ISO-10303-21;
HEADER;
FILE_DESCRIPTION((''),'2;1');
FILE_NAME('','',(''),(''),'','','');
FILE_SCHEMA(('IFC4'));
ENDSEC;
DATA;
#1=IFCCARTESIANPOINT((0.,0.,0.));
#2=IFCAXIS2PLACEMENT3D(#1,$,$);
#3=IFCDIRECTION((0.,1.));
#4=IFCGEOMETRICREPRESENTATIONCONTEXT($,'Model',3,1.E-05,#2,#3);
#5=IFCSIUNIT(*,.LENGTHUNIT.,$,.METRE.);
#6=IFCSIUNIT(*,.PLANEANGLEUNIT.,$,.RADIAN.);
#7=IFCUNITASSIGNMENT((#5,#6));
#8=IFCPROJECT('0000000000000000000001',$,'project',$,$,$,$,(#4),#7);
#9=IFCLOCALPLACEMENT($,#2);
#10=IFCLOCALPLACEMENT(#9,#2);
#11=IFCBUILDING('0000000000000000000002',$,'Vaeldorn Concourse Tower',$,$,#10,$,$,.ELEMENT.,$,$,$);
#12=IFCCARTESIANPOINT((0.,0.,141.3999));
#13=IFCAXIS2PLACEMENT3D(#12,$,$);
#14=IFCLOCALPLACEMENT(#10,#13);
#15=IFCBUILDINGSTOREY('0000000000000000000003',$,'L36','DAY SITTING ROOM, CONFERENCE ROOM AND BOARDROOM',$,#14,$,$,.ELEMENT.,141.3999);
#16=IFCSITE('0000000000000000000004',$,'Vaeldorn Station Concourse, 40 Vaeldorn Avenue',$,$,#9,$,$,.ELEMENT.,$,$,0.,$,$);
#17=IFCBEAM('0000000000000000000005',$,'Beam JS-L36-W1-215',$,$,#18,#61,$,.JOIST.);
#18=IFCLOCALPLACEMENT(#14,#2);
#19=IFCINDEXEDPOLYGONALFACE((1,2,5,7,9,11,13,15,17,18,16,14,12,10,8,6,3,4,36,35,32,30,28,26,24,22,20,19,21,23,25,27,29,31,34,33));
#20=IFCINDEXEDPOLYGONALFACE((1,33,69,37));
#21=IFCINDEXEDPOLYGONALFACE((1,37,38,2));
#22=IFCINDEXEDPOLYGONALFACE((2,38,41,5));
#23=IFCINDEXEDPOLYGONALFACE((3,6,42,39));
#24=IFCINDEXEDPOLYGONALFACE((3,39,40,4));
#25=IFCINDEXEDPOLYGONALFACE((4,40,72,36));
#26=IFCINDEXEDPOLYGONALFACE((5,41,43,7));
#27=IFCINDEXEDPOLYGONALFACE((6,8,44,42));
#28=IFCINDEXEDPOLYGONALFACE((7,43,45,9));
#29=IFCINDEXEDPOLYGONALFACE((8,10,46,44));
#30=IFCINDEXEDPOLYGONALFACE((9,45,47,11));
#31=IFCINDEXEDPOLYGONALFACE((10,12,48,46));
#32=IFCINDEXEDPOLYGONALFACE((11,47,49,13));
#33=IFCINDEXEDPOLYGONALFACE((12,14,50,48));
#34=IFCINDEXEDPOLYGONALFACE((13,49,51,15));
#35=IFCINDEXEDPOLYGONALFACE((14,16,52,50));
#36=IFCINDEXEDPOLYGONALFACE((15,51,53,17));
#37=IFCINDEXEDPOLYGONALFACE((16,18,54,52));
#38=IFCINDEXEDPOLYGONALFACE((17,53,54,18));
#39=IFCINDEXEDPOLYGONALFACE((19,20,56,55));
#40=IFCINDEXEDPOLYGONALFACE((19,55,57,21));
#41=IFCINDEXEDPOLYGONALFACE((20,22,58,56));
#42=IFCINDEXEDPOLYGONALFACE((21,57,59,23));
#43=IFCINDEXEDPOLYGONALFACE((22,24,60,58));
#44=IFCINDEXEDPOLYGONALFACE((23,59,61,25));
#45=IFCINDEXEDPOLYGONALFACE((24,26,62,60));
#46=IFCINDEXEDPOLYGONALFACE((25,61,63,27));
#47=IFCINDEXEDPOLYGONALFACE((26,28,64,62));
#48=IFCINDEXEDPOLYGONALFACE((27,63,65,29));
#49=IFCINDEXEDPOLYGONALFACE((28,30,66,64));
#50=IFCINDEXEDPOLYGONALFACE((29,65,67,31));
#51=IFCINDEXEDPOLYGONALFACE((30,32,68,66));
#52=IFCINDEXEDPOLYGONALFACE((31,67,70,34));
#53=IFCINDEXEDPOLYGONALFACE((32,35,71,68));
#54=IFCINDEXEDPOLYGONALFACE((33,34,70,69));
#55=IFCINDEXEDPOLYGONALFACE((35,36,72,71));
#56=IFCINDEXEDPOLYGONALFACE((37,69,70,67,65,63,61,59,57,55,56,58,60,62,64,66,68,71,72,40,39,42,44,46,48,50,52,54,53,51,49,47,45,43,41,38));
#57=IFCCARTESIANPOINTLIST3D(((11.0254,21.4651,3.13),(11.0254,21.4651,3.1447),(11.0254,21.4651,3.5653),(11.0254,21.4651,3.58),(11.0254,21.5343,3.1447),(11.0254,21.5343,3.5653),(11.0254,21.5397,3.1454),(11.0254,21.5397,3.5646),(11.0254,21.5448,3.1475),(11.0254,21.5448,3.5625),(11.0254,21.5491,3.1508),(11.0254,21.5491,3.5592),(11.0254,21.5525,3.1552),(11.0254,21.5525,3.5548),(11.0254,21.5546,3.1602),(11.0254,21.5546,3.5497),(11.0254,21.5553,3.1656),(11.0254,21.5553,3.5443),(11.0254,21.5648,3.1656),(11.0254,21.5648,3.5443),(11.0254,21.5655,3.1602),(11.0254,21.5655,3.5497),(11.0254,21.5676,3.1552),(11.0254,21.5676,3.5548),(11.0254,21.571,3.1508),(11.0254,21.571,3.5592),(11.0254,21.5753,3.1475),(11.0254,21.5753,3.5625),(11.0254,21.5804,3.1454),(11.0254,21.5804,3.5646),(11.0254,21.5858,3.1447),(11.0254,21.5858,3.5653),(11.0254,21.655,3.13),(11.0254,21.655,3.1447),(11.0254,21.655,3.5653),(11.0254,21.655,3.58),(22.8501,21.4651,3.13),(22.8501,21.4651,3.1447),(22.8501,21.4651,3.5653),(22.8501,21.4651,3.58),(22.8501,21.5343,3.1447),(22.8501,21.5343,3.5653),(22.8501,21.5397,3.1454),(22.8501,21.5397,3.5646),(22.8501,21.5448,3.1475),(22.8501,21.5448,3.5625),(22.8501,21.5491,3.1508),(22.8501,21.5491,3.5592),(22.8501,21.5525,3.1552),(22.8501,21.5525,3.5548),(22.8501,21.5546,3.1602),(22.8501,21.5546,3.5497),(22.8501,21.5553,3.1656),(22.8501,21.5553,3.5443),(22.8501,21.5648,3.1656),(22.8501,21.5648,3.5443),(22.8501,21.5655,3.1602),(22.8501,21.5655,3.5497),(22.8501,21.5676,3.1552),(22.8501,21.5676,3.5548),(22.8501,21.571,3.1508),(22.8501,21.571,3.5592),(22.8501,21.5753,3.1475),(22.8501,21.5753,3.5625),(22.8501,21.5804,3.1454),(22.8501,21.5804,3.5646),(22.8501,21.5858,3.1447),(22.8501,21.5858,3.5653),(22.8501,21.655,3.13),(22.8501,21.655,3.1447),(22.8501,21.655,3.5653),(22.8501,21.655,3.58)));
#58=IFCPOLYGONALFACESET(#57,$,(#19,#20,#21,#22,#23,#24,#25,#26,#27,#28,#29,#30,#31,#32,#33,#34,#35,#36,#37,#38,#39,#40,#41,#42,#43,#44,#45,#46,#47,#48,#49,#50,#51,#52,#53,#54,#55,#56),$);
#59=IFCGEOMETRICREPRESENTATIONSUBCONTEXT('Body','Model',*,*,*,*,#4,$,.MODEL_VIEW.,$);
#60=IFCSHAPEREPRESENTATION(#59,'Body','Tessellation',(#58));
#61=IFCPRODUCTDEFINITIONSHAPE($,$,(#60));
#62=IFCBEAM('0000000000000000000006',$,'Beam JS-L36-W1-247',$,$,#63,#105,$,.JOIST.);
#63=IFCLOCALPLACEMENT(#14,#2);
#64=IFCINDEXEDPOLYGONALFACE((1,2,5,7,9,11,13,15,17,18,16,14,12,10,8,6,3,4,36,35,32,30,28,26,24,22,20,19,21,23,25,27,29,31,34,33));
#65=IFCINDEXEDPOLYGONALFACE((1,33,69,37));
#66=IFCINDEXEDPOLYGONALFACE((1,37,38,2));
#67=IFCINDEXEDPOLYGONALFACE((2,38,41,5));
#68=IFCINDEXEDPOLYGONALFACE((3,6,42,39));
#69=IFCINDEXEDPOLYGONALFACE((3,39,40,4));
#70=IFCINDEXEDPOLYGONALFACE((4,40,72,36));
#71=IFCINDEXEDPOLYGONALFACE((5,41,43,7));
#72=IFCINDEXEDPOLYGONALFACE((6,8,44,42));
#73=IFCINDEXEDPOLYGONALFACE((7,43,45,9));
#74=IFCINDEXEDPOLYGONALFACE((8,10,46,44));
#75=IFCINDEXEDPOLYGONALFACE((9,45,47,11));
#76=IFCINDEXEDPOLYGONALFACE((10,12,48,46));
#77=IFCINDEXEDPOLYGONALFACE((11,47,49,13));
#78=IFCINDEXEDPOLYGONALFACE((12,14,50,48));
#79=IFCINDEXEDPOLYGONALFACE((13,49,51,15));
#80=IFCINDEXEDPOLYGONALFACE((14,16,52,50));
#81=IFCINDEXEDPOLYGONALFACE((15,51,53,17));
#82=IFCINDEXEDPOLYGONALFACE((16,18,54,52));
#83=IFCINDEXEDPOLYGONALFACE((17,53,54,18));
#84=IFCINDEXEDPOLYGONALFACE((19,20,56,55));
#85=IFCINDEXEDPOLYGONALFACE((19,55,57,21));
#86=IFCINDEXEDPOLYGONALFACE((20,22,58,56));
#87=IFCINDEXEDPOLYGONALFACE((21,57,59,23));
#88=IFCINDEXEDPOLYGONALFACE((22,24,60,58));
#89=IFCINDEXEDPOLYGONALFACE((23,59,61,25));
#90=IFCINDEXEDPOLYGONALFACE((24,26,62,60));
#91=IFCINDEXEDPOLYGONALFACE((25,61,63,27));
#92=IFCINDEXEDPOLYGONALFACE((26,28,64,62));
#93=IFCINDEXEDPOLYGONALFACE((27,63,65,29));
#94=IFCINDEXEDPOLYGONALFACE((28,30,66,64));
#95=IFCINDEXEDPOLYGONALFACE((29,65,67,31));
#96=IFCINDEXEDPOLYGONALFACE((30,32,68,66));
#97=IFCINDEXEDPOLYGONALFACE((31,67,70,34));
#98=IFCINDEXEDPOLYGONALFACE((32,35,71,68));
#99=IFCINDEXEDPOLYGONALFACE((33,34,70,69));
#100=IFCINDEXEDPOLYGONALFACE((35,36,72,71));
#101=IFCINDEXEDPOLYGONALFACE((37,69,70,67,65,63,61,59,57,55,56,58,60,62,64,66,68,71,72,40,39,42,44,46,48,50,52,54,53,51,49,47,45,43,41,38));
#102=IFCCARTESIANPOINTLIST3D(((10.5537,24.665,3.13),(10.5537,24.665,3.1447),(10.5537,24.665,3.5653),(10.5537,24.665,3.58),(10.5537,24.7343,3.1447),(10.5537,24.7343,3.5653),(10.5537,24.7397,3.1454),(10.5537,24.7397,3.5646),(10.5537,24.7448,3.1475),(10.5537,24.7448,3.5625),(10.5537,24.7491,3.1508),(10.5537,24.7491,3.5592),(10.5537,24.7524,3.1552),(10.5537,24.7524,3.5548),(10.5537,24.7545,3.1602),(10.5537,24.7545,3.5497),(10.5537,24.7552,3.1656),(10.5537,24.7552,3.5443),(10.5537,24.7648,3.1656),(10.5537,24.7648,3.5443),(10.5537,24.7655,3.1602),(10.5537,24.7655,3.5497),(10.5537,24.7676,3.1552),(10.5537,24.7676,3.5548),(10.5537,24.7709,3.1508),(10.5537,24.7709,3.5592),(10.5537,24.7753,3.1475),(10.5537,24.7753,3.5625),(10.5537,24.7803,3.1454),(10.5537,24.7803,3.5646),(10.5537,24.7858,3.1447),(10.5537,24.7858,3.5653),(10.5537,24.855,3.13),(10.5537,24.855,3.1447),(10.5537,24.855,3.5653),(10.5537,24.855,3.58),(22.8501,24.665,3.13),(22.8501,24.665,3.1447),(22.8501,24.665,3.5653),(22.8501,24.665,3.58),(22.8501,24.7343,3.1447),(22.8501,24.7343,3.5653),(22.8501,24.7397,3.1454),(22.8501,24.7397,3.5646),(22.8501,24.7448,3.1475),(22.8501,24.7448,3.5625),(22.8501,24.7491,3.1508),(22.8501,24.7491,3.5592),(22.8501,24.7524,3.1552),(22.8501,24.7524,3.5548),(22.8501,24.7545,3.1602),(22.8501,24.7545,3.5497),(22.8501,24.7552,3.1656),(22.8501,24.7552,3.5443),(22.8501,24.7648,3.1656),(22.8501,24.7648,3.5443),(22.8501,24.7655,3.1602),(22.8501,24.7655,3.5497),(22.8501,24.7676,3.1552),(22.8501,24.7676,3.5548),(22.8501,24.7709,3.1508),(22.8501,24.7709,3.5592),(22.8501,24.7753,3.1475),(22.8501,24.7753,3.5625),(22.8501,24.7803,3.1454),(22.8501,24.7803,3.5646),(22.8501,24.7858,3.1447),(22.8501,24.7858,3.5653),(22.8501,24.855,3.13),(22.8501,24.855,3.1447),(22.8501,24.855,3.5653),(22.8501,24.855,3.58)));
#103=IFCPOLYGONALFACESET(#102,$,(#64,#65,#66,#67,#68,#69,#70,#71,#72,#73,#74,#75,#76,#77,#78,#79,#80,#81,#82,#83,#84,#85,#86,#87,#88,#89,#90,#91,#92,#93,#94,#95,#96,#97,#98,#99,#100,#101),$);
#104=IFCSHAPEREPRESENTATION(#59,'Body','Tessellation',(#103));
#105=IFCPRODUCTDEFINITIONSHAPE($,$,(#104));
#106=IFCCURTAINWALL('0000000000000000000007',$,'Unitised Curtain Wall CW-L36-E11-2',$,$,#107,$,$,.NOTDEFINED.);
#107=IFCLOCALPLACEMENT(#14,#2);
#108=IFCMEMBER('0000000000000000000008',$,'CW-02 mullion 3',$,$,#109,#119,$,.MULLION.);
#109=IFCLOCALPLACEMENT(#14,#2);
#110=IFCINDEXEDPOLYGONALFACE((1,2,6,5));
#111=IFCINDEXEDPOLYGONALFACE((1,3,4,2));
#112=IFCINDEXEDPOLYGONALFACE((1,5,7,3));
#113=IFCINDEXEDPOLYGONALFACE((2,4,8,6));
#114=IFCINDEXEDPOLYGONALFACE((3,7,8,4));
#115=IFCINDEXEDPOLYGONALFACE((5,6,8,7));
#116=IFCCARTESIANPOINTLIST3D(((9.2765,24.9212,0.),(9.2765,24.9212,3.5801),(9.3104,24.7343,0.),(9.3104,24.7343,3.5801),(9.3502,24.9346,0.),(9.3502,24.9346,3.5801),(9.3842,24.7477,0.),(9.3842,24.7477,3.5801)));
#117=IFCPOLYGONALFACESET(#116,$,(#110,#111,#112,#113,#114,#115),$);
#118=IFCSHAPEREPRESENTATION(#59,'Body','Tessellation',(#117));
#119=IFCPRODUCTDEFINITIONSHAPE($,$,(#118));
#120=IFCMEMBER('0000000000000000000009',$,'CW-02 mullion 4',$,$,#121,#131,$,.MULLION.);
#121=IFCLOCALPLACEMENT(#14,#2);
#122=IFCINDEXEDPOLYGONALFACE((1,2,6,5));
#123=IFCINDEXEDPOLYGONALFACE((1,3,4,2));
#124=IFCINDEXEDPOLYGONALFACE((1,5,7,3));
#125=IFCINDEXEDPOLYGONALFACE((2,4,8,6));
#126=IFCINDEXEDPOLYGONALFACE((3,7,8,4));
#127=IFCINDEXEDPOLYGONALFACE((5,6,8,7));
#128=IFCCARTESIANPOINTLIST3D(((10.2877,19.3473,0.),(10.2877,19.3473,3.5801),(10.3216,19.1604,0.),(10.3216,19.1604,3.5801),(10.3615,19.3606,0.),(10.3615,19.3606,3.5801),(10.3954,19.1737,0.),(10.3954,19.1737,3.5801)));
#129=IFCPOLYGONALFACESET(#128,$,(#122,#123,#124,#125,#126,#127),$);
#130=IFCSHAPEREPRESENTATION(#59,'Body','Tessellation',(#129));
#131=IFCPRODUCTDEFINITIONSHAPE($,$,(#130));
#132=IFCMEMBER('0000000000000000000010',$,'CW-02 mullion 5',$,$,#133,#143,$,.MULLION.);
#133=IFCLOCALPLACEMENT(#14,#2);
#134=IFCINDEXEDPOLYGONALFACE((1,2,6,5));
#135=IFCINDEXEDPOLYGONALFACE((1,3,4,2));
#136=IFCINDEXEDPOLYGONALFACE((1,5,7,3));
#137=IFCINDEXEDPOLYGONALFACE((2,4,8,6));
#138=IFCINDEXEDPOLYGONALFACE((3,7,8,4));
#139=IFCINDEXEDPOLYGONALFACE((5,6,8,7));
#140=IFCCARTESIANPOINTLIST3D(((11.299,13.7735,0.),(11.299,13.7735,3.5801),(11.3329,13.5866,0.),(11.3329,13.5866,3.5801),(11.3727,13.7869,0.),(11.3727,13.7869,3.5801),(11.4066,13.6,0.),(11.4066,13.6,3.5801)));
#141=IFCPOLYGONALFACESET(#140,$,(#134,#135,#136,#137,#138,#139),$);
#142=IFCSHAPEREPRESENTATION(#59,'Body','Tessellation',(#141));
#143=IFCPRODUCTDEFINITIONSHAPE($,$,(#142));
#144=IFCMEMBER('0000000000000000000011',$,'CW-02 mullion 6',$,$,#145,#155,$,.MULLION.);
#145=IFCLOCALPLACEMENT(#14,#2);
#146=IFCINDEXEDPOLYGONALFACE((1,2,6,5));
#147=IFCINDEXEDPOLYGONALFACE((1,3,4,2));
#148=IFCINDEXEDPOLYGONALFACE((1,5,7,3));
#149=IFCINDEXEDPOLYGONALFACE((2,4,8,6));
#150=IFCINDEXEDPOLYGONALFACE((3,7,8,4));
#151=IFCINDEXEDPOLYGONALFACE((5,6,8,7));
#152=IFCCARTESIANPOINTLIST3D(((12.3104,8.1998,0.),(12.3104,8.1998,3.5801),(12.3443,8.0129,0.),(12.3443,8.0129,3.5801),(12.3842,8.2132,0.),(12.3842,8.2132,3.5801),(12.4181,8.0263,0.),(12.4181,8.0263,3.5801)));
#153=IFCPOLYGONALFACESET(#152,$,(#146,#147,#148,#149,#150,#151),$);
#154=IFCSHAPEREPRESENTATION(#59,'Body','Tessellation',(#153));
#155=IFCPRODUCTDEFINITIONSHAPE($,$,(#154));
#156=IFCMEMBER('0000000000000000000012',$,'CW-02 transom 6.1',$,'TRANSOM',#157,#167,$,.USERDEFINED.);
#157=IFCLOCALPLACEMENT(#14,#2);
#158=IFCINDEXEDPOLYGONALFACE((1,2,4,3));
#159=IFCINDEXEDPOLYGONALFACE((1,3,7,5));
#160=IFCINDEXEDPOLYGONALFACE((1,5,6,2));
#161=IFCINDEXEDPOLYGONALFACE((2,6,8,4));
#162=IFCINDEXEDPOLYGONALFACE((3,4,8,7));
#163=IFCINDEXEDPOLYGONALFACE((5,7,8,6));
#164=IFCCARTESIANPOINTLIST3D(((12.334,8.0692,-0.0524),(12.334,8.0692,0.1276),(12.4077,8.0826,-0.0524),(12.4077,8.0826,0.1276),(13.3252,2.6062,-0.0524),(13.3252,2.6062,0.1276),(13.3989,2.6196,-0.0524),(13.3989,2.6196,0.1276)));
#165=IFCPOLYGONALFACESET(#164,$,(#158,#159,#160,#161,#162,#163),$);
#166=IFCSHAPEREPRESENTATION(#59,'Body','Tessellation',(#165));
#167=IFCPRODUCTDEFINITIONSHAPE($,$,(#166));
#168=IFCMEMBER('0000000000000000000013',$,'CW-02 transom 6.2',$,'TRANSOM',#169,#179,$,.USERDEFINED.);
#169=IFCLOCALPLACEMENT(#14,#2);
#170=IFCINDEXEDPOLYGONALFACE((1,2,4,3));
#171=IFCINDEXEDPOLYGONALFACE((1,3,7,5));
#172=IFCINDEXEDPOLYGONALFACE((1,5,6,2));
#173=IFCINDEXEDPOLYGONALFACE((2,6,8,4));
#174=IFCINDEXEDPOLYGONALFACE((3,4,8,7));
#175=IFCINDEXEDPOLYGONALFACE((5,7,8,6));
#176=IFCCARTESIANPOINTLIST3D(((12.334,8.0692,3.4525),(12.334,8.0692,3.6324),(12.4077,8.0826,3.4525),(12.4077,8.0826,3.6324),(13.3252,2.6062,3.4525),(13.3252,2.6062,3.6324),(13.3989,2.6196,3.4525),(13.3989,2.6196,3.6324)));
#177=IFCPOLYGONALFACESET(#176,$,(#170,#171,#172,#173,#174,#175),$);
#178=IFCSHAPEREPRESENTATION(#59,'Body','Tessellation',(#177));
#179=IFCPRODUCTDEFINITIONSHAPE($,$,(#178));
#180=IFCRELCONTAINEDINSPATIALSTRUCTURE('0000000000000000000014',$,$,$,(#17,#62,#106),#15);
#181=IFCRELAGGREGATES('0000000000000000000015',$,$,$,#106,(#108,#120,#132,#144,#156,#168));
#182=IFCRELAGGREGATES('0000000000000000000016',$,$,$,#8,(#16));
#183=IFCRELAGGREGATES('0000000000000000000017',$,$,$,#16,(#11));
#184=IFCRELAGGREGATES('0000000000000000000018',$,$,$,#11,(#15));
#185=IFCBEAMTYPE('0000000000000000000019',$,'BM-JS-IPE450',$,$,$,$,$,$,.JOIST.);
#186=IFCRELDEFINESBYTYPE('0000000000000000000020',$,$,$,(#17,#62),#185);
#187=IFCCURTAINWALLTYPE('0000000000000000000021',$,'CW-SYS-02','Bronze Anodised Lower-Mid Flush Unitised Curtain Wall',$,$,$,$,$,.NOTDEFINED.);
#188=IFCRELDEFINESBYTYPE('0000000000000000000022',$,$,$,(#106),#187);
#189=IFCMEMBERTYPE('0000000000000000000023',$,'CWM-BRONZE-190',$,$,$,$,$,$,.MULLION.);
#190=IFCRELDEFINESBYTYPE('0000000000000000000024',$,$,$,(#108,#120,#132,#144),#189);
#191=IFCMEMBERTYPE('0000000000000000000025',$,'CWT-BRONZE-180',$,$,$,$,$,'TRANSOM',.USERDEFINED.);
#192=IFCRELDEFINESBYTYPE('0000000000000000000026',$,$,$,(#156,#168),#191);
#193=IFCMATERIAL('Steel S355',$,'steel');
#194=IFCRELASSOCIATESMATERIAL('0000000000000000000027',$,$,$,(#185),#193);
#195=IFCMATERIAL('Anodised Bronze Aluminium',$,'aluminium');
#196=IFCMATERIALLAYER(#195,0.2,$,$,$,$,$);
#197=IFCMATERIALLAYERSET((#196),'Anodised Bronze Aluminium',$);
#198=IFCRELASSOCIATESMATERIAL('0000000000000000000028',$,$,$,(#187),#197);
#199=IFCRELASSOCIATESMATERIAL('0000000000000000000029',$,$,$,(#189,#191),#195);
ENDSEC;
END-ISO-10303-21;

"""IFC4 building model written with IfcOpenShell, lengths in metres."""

from ifc_helpers import new_model, si_unit, direction, frame, origin, origin_2d, place, context, subcontext, project, spatial, rectangle, i_section, extrude, source, transform, mapped, material, layer, layer_set, material_profile, profile_set, type_object, element, aggregate, save


model = new_model("IFC4")

# Units and contexts
model_context = context("Model", 3, precision=1e-05, world=origin(), true_north=direction((0.0, 1.0)))
body_context = subcontext(model_context, "Body", "Model", "MODEL_VIEW")
ifc_project = project(units=[si_unit("LENGTHUNIT", "METRE"), si_unit("PLANEANGLEUNIT", "RADIAN")], contexts=[model_context])

# Site, building, storey
site_placement = place(None, origin())
site = spatial("IfcSite", under=ifc_project, at=site_placement, Name="Vaeldorn Station Concourse, 40 Vaeldorn Avenue", CompositionType="ELEMENT", RefElevation=0.0)
building_placement = place(site_placement, origin())
building = spatial("IfcBuilding", under=site, at=building_placement, Name="Vaeldorn Concourse Tower", CompositionType="ELEMENT")
storey_placement = place(building_placement, frame((0.0, 0.0, 141.3999)))
storey = spatial("IfcBuildingStorey", under=building, at=storey_placement, Name="L36", Description="DAY SITTING ROOM, CONFERENCE ROOM AND BOARDROOM", CompositionType="ELEMENT", Elevation=141.3999)

# Beams
ifc_material_1 = material(Name="Steel S355", Category="steel")
ifc_material_profile_1 = material_profile(ifc_material_1, i_section(OverallWidth=0.1899, OverallDepth=0.45, WebThickness=0.0095, FlangeThickness=0.0146, FilletRadius=0.021, at=origin_2d()), Name="IPE 450")
ifc_profile_set_1 = profile_set([ifc_material_profile_1], Name="Steel S355")
beam_type_1 = type_object("IfcBeamType", Name="BM-JS-IPE450", PredefinedType="JOIST", material=ifc_profile_set_1)
shared_shape_1 = source(origin(), body_context, "Body", "SweptSolid", [
    extrude(i_section(OverallWidth=0.1899, OverallDepth=0.45, WebThickness=0.0095, FlangeThickness=0.0146, FilletRadius=0.021, at=origin_2d()), origin(), (0.0, 0.0, 1.0), 11.8247),
])
beam_1_placement = place(storey_placement, frame((11.0254, 21.5601, 3.355), z_axis=(1.0, 0.0, 0.0), x_axis=(0.0, 1.0, 0.0)))
element("IfcBeam", 1, at=beam_1_placement, inside=storey, type_object=beam_type_1, Name="Beam JS-L36-W1-215", PredefinedType="JOIST", context=body_context, shape_type="MappedRepresentation", body=[
    mapped(shared_shape_1, transform((0.0, 0.0, 0.0), scale=1.0)),
])
shared_shape_2 = source(origin(), body_context, "Body", "SweptSolid", [
    extrude(i_section(OverallWidth=0.1899, OverallDepth=0.45, WebThickness=0.0095, FlangeThickness=0.0146, FilletRadius=0.021, at=origin_2d()), origin(), (0.0, 0.0, 1.0), 12.2964),
])
beam_2_placement = place(storey_placement, frame((10.5537, 24.76, 3.355), z_axis=(1.0, 0.0, 0.0), x_axis=(0.0, 1.0, 0.0)))
element("IfcBeam", 2, at=beam_2_placement, inside=storey, type_object=beam_type_1, Name="Beam JS-L36-W1-247", PredefinedType="JOIST", context=body_context, shape_type="MappedRepresentation", body=[
    mapped(shared_shape_2, transform((0.0, 0.0, 0.0), scale=1.0)),
])

# Curtain wall, members
ifc_material_2 = material(Name="Anodised Bronze Aluminium", Category="aluminium")
ifc_layer_1 = layer(ifc_material_2, 0.2)
ifc_layer_set_1 = layer_set([ifc_layer_1], Name="Anodised Bronze Aluminium")
curtain_wall_type = type_object("IfcCurtainWallType", Name="CW-SYS-02", Description="Bronze Anodised Lower-Mid Flush Unitised Curtain Wall", PredefinedType="NOTDEFINED", material=ifc_layer_set_1)
curtain_wall_placement = place(storey_placement, origin())
curtain_wall = element("IfcCurtainWall", 3, at=curtain_wall_placement, inside=storey, type_object=curtain_wall_type, Name="Unitised Curtain Wall CW-L36-E11-2", PredefinedType="NOTDEFINED")
ifc_material_profile_2 = material_profile(ifc_material_2, rectangle(XDim=0.075, YDim=0.1899, at=origin_2d()), Name="CWM 75x190")
ifc_profile_set_2 = profile_set([ifc_material_profile_2], Name="Anodised Bronze Aluminium")
member_type_1 = type_object("IfcMemberType", Name="CWM-BRONZE-190", PredefinedType="MULLION", material=ifc_profile_set_2)
shared_shape_3 = source(origin(), body_context, "Body", "SweptSolid", [
    extrude(rectangle(XDim=0.075, YDim=0.1899, at=origin_2d()), origin(), (0.0, 0.0, 1.0), 3.5801),
])
member_1_placement = place(storey_placement, frame((9.3303, 24.8345, 0.0), z_axis=(0.0, 0.0, 1.0), x_axis=(0.983935, 0.178526, 0.0)))
member_1 = element("IfcMember", 4, at=member_1_placement, type_object=member_type_1, Name="CW-02 mullion 3", PredefinedType="MULLION", context=body_context, shape_type="MappedRepresentation", body=[
    mapped(shared_shape_3, transform((0.0, 0.0, 0.0), scale=1.0)),
])
member_2_placement = place(storey_placement, frame((10.3416, 19.2605, 0.0), z_axis=(0.0, 0.0, 1.0), x_axis=(0.983935, 0.178526, 0.0)))
member_2 = element("IfcMember", 5, at=member_2_placement, type_object=member_type_1, Name="CW-02 mullion 4", PredefinedType="MULLION", context=body_context, shape_type="MappedRepresentation", body=[
    mapped(shared_shape_3, transform((0.0, 0.0, 0.0), scale=1.0)),
])
member_3_placement = place(storey_placement, frame((11.3528, 13.6868, 0.0), z_axis=(0.0, 0.0, 1.0), x_axis=(0.983935, 0.178526, 0.0)))
member_3 = element("IfcMember", 6, at=member_3_placement, type_object=member_type_1, Name="CW-02 mullion 5", PredefinedType="MULLION", context=body_context, shape_type="MappedRepresentation", body=[
    mapped(shared_shape_3, transform((0.0, 0.0, 0.0), scale=1.0)),
])
member_4_placement = place(storey_placement, frame((12.3643, 8.113, 0.0), z_axis=(0.0, 0.0, 1.0), x_axis=(0.983935, 0.178526, 0.0)))
member_4 = element("IfcMember", 7, at=member_4_placement, type_object=member_type_1, Name="CW-02 mullion 6", PredefinedType="MULLION", context=body_context, shape_type="MappedRepresentation", body=[
    mapped(shared_shape_3, transform((0.0, 0.0, 0.0), scale=1.0)),
])
ifc_material_profile_3 = material_profile(ifc_material_2, rectangle(XDim=0.075, YDim=0.1799, at=origin_2d()), Name="CWT 75x180")
ifc_profile_set_3 = profile_set([ifc_material_profile_3], Name="Anodised Bronze Aluminium")
member_type_2 = type_object("IfcMemberType", Name="CWT-BRONZE-180", ElementType="TRANSOM", PredefinedType="USERDEFINED", material=ifc_profile_set_3)
shared_shape_4 = source(origin(), body_context, "Body", "SweptSolid", [
    extrude(rectangle(XDim=0.075, YDim=0.1799, at=origin_2d()), origin(), (0.0, 0.0, 1.0), 5.5522),
])
member_5_placement = place(storey_placement, frame((12.3708, 8.0759, 0.0376), z_axis=(0.178522, -0.983936, 0.0), x_axis=(0.983936, 0.178522, 0.0)))
member_5 = element("IfcMember", 8, at=member_5_placement, type_object=member_type_2, Name="CW-02 transom 6.1", ObjectType="TRANSOM", PredefinedType="USERDEFINED", context=body_context, shape_type="MappedRepresentation", body=[
    mapped(shared_shape_4, transform((0.0, 0.0, 0.0), scale=1.0)),
])
member_6_placement = place(storey_placement, frame((12.3708, 8.0759, 3.5425), z_axis=(0.178522, -0.983936, 0.0), x_axis=(0.983936, 0.178522, 0.0)))
member_6 = element("IfcMember", 9, at=member_6_placement, type_object=member_type_2, Name="CW-02 transom 6.2", ObjectType="TRANSOM", PredefinedType="USERDEFINED", context=body_context, shape_type="MappedRepresentation", body=[
    mapped(shared_shape_4, transform((0.0, 0.0, 0.0), scale=1.0)),
])
aggregate(curtain_wall, [member_1, member_2, member_3, member_4, member_5, member_6])

save(model, "model.ifc")
